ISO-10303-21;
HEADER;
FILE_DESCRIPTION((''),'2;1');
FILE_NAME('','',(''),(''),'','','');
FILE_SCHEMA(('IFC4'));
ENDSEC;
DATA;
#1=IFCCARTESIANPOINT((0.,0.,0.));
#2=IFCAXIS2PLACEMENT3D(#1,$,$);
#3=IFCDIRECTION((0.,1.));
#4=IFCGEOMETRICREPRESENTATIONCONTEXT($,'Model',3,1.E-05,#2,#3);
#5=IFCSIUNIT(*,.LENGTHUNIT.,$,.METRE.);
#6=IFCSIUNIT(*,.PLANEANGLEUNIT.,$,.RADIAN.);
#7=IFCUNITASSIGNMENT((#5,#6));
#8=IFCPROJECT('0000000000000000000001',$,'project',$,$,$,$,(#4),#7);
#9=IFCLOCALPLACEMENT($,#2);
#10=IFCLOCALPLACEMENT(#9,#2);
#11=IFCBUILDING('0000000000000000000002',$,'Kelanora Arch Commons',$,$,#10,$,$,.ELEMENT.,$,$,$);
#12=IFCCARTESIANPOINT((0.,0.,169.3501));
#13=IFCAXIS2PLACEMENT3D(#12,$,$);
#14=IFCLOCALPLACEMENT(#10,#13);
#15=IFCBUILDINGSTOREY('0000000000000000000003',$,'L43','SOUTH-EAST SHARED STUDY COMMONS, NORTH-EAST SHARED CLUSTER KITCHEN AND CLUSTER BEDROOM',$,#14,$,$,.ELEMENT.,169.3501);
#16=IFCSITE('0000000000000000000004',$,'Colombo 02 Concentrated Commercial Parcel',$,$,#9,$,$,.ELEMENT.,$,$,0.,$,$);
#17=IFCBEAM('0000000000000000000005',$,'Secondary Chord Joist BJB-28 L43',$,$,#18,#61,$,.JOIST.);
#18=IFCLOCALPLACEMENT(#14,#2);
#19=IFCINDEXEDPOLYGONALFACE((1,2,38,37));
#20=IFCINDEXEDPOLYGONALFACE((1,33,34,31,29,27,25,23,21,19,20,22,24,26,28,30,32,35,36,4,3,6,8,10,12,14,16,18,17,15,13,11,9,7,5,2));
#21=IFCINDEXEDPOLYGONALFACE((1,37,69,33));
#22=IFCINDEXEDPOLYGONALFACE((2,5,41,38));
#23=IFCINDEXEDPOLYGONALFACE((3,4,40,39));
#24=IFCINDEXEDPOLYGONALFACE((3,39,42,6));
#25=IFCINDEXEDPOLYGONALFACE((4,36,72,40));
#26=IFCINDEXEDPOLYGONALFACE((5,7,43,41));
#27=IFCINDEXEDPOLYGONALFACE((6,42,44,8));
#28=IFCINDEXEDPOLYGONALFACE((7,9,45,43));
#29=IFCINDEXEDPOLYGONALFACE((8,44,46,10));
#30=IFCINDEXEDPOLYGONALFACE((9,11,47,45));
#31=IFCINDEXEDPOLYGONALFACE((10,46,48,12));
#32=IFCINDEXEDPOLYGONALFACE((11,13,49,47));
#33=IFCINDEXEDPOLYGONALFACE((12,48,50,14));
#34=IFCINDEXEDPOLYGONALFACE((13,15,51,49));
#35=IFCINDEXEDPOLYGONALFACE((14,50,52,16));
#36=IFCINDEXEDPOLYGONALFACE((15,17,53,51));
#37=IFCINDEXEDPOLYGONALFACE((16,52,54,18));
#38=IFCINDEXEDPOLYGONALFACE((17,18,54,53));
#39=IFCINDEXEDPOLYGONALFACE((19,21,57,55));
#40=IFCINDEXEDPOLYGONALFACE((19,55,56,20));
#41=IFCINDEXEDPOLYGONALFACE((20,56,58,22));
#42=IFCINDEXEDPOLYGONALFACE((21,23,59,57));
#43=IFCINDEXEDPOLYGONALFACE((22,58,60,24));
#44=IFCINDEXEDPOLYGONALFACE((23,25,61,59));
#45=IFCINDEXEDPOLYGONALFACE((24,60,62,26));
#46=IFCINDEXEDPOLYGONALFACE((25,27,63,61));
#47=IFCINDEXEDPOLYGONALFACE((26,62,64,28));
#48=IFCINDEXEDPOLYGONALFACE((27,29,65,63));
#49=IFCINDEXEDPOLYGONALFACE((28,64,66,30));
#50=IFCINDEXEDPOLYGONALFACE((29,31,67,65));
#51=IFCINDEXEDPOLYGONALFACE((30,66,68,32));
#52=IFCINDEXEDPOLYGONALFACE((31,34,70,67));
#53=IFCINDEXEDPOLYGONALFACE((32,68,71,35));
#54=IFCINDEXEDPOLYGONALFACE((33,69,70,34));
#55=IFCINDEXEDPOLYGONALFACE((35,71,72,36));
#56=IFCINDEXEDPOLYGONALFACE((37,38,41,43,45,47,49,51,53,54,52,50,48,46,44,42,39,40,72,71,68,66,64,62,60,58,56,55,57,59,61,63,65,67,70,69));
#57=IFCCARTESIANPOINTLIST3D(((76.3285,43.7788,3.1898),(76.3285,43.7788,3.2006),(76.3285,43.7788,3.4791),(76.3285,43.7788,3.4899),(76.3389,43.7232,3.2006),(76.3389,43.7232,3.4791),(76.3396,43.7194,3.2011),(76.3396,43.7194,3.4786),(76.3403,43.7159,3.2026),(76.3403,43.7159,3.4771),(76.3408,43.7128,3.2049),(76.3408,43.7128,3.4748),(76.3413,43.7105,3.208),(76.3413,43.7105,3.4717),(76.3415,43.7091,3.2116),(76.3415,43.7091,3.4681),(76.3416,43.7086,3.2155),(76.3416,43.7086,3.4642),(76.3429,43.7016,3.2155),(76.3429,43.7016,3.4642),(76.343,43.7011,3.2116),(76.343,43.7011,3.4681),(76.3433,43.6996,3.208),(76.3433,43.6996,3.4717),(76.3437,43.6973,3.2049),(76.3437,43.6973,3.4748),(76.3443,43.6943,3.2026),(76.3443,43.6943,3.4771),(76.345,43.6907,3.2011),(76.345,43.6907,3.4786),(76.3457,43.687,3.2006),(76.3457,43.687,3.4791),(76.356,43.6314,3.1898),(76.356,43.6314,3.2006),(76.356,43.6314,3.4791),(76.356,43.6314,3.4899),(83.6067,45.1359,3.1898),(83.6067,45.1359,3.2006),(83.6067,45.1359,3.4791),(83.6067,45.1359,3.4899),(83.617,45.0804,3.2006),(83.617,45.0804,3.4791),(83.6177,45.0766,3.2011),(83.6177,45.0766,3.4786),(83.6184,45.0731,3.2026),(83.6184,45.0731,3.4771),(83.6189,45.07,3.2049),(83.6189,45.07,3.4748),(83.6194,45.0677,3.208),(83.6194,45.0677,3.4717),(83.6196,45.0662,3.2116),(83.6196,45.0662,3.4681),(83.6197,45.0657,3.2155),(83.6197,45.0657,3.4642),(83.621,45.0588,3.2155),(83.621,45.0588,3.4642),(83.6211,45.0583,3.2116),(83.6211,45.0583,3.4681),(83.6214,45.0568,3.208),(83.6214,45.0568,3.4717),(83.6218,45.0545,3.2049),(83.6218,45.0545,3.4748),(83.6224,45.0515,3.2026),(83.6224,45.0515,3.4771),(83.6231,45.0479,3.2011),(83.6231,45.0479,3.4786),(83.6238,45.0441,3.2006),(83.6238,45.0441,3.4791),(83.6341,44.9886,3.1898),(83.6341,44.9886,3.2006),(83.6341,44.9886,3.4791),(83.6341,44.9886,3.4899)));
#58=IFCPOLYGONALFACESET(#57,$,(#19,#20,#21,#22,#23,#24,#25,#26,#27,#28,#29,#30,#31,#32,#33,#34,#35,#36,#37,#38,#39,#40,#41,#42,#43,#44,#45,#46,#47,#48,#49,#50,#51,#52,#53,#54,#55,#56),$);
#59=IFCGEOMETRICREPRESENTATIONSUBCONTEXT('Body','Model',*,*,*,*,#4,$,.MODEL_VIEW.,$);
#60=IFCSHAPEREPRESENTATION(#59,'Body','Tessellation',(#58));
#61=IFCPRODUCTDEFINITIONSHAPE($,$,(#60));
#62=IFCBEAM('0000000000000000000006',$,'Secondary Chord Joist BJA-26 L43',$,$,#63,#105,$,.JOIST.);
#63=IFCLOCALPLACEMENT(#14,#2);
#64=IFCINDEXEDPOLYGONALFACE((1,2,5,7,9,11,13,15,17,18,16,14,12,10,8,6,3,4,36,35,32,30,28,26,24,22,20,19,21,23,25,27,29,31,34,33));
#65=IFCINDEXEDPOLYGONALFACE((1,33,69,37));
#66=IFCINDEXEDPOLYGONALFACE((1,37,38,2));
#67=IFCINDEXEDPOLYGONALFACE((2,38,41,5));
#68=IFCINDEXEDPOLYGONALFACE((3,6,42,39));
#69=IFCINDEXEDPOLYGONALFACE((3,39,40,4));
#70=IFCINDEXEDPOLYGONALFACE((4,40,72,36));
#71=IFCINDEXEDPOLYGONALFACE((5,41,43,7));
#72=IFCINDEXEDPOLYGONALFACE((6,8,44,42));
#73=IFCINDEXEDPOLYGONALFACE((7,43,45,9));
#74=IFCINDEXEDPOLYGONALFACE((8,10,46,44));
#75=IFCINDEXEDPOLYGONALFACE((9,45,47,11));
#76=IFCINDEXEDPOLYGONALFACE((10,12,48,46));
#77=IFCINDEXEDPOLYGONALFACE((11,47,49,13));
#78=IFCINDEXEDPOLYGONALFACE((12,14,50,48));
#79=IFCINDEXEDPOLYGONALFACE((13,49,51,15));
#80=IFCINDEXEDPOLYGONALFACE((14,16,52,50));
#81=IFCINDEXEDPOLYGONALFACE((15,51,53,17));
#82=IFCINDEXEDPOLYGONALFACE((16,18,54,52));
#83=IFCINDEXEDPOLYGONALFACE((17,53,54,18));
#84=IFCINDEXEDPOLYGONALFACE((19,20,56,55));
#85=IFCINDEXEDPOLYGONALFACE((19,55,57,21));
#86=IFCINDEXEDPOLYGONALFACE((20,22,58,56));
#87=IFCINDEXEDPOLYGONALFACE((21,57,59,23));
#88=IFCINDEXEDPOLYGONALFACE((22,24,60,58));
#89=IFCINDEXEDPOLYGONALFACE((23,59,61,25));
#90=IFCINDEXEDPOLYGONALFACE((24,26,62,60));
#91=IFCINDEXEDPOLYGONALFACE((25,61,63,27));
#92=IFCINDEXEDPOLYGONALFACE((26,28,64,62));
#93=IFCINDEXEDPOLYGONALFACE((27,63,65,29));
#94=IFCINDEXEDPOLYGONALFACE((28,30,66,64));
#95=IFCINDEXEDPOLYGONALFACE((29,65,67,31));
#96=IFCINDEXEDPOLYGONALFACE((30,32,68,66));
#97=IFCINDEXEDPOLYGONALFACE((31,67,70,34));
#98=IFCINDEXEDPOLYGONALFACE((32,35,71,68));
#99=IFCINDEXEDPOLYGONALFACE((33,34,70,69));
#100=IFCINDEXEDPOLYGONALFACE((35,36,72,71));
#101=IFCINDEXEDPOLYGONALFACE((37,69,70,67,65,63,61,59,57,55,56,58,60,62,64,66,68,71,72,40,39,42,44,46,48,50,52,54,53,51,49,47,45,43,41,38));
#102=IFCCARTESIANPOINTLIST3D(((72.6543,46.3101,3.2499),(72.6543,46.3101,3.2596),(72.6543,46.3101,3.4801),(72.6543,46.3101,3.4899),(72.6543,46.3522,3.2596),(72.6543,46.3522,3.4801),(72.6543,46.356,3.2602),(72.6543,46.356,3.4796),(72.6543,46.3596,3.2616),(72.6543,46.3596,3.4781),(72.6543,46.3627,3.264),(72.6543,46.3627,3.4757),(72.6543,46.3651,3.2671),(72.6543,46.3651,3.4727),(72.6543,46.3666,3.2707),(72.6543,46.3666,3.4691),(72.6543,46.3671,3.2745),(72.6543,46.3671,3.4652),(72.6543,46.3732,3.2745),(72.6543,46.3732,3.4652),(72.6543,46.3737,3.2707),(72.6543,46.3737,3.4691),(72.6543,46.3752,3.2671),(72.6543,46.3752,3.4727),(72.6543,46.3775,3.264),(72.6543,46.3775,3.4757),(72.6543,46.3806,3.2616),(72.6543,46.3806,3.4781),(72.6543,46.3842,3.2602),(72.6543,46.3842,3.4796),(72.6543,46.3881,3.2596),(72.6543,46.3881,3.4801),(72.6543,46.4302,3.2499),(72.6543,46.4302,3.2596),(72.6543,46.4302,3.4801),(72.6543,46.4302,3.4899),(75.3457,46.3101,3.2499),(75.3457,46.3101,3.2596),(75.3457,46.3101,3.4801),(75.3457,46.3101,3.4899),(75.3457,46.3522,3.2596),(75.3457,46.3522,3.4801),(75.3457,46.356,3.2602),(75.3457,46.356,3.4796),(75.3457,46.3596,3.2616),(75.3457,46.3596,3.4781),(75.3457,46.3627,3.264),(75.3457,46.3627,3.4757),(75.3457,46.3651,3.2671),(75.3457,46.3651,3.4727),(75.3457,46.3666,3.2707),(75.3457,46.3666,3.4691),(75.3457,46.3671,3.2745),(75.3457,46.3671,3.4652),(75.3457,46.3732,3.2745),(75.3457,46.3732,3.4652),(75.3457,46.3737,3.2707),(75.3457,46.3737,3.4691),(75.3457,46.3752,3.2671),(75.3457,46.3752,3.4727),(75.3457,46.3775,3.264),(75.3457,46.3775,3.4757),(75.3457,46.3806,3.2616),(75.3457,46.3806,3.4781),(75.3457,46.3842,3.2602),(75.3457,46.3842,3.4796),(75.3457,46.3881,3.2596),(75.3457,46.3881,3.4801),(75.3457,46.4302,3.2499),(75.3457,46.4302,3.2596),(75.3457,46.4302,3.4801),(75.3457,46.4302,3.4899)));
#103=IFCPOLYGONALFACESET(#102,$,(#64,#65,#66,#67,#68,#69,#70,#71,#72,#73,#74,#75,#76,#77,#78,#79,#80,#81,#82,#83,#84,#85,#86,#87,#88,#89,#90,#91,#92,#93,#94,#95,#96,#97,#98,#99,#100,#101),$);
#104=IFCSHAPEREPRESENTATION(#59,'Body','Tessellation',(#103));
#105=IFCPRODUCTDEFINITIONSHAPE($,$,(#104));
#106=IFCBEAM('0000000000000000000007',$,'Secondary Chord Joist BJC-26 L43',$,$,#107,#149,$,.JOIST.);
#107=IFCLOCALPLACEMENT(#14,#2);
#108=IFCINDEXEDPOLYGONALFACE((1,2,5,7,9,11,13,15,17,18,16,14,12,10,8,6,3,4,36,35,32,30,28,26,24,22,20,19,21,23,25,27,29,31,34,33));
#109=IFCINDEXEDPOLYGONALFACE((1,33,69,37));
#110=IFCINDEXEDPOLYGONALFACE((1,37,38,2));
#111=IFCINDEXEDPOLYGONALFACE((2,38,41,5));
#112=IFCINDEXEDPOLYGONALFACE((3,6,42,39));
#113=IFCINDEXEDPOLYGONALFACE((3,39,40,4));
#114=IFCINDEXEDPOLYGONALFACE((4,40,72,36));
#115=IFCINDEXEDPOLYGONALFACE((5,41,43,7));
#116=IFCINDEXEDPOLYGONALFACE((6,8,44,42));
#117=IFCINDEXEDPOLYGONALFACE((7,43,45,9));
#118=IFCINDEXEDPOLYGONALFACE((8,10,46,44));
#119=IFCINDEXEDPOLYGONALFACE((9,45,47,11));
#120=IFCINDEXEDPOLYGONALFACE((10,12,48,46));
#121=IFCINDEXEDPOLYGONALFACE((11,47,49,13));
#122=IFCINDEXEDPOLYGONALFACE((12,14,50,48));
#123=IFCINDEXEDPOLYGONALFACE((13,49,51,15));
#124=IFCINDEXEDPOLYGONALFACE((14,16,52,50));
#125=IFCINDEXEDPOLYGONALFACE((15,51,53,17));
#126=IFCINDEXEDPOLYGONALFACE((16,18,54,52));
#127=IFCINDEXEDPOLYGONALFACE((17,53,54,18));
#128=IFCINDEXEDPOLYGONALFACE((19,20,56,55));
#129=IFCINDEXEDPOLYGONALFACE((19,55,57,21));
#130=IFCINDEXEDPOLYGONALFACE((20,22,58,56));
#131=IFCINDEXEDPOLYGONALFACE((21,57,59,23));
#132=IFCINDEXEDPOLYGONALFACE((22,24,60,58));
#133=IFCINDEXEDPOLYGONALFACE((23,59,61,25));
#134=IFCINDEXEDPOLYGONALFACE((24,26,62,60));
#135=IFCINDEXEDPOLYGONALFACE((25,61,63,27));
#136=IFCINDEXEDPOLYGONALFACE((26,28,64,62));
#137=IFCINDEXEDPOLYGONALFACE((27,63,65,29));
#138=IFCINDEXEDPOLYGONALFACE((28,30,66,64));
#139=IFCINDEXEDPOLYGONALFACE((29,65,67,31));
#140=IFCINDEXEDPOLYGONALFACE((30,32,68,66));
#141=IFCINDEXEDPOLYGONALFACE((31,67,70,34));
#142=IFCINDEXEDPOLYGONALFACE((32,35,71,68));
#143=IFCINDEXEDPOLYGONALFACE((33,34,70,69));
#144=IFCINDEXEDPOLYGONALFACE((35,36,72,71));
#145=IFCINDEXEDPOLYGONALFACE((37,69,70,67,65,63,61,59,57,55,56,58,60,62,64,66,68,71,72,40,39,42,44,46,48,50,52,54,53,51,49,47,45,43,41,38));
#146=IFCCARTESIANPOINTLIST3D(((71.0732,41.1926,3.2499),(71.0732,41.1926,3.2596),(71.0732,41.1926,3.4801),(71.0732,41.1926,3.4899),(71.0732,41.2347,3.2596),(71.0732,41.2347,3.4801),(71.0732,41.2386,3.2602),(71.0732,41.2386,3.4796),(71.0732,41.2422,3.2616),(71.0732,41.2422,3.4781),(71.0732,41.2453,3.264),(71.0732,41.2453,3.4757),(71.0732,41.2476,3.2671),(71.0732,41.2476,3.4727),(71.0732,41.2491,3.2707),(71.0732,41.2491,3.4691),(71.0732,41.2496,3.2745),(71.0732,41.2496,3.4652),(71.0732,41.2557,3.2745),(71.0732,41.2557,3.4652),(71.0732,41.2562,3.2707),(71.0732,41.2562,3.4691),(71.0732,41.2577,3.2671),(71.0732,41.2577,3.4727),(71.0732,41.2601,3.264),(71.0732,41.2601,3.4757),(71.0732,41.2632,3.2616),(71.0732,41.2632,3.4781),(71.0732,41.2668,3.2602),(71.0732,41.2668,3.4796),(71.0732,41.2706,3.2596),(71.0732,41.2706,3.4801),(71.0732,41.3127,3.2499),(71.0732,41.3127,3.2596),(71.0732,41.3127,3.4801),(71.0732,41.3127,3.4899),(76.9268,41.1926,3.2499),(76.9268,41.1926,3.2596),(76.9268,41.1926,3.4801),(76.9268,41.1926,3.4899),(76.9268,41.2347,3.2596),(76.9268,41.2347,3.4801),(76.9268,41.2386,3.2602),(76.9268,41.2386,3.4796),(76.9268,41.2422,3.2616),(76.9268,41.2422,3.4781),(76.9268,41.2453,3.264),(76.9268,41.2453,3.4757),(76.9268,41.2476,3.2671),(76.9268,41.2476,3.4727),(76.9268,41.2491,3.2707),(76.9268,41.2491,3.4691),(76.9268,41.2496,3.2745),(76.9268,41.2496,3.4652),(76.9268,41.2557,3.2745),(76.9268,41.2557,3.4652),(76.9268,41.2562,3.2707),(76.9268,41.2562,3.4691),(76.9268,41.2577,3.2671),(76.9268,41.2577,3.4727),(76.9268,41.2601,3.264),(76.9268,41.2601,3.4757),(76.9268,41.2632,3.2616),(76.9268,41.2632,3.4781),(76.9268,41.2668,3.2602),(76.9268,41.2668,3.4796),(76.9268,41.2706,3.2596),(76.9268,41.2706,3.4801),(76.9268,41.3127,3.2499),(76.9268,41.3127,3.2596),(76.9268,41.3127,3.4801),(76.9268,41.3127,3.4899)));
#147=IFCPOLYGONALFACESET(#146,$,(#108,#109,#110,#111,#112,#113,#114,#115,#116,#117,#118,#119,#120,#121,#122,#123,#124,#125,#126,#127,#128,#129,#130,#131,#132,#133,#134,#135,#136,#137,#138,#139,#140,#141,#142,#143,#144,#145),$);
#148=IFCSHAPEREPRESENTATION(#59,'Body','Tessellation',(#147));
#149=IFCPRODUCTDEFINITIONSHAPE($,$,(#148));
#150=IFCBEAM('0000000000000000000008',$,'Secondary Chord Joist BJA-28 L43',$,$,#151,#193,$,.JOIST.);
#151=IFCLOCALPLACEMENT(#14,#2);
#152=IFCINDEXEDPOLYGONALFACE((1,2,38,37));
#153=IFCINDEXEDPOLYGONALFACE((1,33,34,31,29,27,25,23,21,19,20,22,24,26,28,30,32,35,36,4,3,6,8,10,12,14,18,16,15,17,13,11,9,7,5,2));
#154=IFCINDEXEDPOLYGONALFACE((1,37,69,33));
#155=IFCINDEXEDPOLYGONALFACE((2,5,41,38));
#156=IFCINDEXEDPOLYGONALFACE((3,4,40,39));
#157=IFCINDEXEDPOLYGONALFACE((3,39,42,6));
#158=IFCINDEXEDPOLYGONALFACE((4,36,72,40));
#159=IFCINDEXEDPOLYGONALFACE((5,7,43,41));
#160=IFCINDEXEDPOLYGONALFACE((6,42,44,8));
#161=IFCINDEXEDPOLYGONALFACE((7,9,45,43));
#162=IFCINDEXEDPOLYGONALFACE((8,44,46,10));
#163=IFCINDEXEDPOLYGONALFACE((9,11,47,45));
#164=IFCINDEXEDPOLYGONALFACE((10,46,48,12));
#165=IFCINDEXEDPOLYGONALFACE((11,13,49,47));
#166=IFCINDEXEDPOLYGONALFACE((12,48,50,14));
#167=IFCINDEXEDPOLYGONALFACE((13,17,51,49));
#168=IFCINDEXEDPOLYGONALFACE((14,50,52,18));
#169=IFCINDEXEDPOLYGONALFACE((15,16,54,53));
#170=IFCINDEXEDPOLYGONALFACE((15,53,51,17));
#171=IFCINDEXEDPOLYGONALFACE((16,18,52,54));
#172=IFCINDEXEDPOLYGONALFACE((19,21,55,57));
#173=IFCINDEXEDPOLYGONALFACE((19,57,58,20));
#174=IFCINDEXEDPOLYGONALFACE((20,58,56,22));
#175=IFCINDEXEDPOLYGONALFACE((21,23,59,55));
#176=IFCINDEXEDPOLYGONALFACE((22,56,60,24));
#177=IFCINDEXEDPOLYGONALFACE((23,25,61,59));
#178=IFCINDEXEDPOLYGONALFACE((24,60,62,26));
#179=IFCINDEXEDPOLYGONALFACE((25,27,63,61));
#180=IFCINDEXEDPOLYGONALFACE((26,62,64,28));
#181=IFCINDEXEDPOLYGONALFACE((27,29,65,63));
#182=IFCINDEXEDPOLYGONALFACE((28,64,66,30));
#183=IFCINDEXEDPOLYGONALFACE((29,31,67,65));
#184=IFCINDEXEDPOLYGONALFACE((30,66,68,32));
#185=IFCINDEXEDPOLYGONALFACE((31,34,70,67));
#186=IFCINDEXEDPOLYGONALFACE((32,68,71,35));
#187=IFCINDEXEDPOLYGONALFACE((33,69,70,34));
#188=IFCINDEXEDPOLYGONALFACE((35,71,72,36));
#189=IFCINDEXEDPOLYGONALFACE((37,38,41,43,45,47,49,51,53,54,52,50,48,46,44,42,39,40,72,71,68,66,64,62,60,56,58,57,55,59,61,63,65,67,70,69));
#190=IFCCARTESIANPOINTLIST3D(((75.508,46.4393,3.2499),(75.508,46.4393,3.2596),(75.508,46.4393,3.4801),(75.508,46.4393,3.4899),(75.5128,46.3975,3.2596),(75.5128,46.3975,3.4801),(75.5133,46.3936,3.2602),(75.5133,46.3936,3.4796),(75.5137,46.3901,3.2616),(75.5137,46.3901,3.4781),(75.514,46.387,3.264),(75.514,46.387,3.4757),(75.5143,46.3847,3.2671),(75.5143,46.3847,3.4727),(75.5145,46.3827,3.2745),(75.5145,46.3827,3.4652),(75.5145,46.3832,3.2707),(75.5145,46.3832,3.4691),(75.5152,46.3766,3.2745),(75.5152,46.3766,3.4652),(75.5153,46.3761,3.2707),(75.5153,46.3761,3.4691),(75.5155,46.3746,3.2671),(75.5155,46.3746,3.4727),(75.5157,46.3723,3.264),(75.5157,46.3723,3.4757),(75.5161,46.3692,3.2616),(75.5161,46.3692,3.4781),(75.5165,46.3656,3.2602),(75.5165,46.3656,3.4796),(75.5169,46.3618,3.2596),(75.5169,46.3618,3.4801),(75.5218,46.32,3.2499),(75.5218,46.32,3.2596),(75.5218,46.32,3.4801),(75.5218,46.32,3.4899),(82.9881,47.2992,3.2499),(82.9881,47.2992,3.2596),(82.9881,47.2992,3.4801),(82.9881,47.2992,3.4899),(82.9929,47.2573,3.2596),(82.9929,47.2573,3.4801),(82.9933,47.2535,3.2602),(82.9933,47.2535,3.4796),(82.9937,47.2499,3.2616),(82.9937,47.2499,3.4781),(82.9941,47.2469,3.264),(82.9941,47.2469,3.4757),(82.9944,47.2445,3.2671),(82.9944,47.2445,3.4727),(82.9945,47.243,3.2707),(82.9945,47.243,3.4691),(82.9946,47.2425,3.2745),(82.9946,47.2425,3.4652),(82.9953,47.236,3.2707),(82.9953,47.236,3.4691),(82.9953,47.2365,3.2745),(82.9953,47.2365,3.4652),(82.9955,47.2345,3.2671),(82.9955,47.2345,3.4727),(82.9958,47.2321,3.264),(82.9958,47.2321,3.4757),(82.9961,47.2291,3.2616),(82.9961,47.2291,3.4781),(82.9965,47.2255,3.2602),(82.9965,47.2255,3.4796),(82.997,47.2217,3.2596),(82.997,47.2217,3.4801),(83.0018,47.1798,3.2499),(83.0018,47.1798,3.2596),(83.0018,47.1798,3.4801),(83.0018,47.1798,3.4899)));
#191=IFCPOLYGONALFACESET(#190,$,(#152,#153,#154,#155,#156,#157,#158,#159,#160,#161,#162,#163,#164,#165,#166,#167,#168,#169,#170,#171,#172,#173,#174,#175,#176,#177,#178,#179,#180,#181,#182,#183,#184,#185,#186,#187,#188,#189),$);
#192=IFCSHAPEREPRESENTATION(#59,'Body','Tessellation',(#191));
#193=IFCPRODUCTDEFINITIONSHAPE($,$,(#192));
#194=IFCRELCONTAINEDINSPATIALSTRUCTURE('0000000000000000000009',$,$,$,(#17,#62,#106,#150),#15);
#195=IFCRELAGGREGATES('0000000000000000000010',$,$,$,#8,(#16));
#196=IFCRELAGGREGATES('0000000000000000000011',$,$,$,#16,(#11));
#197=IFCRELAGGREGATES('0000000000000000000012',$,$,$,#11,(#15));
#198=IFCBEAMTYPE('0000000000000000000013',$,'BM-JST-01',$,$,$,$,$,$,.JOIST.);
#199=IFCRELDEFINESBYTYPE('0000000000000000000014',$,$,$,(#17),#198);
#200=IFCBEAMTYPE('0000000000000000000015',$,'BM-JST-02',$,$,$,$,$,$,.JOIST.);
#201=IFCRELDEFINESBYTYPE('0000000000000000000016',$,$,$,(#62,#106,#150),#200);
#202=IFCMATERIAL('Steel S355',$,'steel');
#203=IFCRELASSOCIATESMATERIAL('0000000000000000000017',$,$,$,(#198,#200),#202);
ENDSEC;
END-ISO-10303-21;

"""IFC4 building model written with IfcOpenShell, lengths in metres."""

from ifc_helpers import new_model, si_unit, direction, frame, origin, origin_2d, place, context, subcontext, project, spatial, i_section, extrude, material, material_profile, profile_set, type_object, element, save


model = new_model("IFC4")

# Units and contexts
model_context = context("Model", 3, precision=1e-05, world=origin(), true_north=direction((0.0, 1.0)))
body_context = subcontext(model_context, "Body", "Model", "MODEL_VIEW")
ifc_project = project(units=[si_unit("LENGTHUNIT", "METRE"), si_unit("PLANEANGLEUNIT", "RADIAN")], contexts=[model_context])

# Site, building, storey
site_placement = place(None, origin())
site = spatial("IfcSite", under=ifc_project, at=site_placement, Name="Colombo 02 Concentrated Commercial Parcel", CompositionType="ELEMENT", RefElevation=0.0)
building_placement = place(site_placement, origin())
building = spatial("IfcBuilding", under=site, at=building_placement, Name="Kelanora Arch Commons", CompositionType="ELEMENT")
storey_placement = place(building_placement, frame((0.0, 0.0, 169.3501)))
storey = spatial("IfcBuildingStorey", under=building, at=storey_placement, Name="L43", Description="SOUTH-EAST SHARED STUDY COMMONS, NORTH-EAST SHARED CLUSTER KITCHEN AND CLUSTER BEDROOM", CompositionType="ELEMENT", Elevation=169.3501)

# Beams
ifc_material_1 = material(Name="Steel S355", Category="steel")
ifc_material_profile_1 = material_profile(ifc_material_1, i_section(OverallWidth=0.1499, OverallDepth=0.3, WebThickness=0.0071, FlangeThickness=0.0107, FilletRadius=0.0149, at=origin_2d()), Name="IPE300")
ifc_profile_set_1 = profile_set([ifc_material_profile_1], Name="Steel S355")
beam_type_1 = type_object("IfcBeamType", Name="BM-JST-01", PredefinedType="JOIST", material=ifc_profile_set_1)
beam_1_placement = place(storey_placement, frame((76.3423, 43.7051, 3.3398), z_axis=(0.983054, 0.183315, 0.0), x_axis=(-0.183315, 0.983054, 0.0)))
element("IfcBeam", 1, at=beam_1_placement, inside=storey, type_object=beam_type_1, Name="Secondary Chord Joist BJB-28 L43", PredefinedType="JOIST", context=body_context, shape_type="SweptSolid", body=[
    extrude(i_section(OverallWidth=0.1499, OverallDepth=0.3, WebThickness=0.0071, FlangeThickness=0.0107, FilletRadius=0.0149, at=origin_2d()), origin(), (0.0, 0.0, 1.0), 7.4036),
])
ifc_material_profile_2 = material_profile(ifc_material_1, i_section(OverallWidth=0.1201, OverallDepth=0.24, WebThickness=0.0061, FlangeThickness=0.0098, FilletRadius=0.0149, at=origin_2d()), Name="IPE240")
ifc_profile_set_2 = profile_set([ifc_material_profile_2], Name="Steel S355")
beam_type_2 = type_object("IfcBeamType", Name="BM-JST-02", PredefinedType="JOIST", material=ifc_profile_set_2)
beam_2_placement = place(storey_placement, frame((72.6543, 46.3701, 3.3699), z_axis=(1.0, 0.0, 0.0), x_axis=(0.0, 1.0, 0.0)))
element("IfcBeam", 2, at=beam_2_placement, inside=storey, type_object=beam_type_2, Name="Secondary Chord Joist BJA-26 L43", PredefinedType="JOIST", context=body_context, shape_type="SweptSolid", body=[
    extrude(i_section(OverallWidth=0.1201, OverallDepth=0.24, WebThickness=0.0061, FlangeThickness=0.0098, FilletRadius=0.0149, at=origin_2d()), origin(), (0.0, 0.0, 1.0), 2.6914),
])
beam_3_placement = place(storey_placement, frame((71.0732, 41.2527, 3.3699), z_axis=(1.0, 0.0, 0.0), x_axis=(0.0, 1.0, 0.0)))
element("IfcBeam", 3, at=beam_3_placement, inside=storey, type_object=beam_type_2, Name="Secondary Chord Joist BJC-26 L43", PredefinedType="JOIST", context=body_context, shape_type="SweptSolid", body=[
    extrude(i_section(OverallWidth=0.1201, OverallDepth=0.24, WebThickness=0.0061, FlangeThickness=0.0098, FilletRadius=0.0149, at=origin_2d()), origin(), (0.0, 0.0, 1.0), 5.8535),
])
beam_4_placement = place(storey_placement, frame((75.5149, 46.3796, 3.3699), z_axis=(0.993457, 0.114203, 0.0), x_axis=(-0.114203, 0.993457, 0.0)))
element("IfcBeam", 4, at=beam_4_placement, inside=storey, type_object=beam_type_2, Name="Secondary Chord Joist BJA-28 L43", PredefinedType="JOIST", context=body_context, shape_type="SweptSolid", body=[
    extrude(i_section(OverallWidth=0.1201, OverallDepth=0.24, WebThickness=0.0061, FlangeThickness=0.0098, FilletRadius=0.0149, at=origin_2d()), origin(), (0.0, 0.0, 1.0), 7.5293),
])

save(model, "model.ifc")
